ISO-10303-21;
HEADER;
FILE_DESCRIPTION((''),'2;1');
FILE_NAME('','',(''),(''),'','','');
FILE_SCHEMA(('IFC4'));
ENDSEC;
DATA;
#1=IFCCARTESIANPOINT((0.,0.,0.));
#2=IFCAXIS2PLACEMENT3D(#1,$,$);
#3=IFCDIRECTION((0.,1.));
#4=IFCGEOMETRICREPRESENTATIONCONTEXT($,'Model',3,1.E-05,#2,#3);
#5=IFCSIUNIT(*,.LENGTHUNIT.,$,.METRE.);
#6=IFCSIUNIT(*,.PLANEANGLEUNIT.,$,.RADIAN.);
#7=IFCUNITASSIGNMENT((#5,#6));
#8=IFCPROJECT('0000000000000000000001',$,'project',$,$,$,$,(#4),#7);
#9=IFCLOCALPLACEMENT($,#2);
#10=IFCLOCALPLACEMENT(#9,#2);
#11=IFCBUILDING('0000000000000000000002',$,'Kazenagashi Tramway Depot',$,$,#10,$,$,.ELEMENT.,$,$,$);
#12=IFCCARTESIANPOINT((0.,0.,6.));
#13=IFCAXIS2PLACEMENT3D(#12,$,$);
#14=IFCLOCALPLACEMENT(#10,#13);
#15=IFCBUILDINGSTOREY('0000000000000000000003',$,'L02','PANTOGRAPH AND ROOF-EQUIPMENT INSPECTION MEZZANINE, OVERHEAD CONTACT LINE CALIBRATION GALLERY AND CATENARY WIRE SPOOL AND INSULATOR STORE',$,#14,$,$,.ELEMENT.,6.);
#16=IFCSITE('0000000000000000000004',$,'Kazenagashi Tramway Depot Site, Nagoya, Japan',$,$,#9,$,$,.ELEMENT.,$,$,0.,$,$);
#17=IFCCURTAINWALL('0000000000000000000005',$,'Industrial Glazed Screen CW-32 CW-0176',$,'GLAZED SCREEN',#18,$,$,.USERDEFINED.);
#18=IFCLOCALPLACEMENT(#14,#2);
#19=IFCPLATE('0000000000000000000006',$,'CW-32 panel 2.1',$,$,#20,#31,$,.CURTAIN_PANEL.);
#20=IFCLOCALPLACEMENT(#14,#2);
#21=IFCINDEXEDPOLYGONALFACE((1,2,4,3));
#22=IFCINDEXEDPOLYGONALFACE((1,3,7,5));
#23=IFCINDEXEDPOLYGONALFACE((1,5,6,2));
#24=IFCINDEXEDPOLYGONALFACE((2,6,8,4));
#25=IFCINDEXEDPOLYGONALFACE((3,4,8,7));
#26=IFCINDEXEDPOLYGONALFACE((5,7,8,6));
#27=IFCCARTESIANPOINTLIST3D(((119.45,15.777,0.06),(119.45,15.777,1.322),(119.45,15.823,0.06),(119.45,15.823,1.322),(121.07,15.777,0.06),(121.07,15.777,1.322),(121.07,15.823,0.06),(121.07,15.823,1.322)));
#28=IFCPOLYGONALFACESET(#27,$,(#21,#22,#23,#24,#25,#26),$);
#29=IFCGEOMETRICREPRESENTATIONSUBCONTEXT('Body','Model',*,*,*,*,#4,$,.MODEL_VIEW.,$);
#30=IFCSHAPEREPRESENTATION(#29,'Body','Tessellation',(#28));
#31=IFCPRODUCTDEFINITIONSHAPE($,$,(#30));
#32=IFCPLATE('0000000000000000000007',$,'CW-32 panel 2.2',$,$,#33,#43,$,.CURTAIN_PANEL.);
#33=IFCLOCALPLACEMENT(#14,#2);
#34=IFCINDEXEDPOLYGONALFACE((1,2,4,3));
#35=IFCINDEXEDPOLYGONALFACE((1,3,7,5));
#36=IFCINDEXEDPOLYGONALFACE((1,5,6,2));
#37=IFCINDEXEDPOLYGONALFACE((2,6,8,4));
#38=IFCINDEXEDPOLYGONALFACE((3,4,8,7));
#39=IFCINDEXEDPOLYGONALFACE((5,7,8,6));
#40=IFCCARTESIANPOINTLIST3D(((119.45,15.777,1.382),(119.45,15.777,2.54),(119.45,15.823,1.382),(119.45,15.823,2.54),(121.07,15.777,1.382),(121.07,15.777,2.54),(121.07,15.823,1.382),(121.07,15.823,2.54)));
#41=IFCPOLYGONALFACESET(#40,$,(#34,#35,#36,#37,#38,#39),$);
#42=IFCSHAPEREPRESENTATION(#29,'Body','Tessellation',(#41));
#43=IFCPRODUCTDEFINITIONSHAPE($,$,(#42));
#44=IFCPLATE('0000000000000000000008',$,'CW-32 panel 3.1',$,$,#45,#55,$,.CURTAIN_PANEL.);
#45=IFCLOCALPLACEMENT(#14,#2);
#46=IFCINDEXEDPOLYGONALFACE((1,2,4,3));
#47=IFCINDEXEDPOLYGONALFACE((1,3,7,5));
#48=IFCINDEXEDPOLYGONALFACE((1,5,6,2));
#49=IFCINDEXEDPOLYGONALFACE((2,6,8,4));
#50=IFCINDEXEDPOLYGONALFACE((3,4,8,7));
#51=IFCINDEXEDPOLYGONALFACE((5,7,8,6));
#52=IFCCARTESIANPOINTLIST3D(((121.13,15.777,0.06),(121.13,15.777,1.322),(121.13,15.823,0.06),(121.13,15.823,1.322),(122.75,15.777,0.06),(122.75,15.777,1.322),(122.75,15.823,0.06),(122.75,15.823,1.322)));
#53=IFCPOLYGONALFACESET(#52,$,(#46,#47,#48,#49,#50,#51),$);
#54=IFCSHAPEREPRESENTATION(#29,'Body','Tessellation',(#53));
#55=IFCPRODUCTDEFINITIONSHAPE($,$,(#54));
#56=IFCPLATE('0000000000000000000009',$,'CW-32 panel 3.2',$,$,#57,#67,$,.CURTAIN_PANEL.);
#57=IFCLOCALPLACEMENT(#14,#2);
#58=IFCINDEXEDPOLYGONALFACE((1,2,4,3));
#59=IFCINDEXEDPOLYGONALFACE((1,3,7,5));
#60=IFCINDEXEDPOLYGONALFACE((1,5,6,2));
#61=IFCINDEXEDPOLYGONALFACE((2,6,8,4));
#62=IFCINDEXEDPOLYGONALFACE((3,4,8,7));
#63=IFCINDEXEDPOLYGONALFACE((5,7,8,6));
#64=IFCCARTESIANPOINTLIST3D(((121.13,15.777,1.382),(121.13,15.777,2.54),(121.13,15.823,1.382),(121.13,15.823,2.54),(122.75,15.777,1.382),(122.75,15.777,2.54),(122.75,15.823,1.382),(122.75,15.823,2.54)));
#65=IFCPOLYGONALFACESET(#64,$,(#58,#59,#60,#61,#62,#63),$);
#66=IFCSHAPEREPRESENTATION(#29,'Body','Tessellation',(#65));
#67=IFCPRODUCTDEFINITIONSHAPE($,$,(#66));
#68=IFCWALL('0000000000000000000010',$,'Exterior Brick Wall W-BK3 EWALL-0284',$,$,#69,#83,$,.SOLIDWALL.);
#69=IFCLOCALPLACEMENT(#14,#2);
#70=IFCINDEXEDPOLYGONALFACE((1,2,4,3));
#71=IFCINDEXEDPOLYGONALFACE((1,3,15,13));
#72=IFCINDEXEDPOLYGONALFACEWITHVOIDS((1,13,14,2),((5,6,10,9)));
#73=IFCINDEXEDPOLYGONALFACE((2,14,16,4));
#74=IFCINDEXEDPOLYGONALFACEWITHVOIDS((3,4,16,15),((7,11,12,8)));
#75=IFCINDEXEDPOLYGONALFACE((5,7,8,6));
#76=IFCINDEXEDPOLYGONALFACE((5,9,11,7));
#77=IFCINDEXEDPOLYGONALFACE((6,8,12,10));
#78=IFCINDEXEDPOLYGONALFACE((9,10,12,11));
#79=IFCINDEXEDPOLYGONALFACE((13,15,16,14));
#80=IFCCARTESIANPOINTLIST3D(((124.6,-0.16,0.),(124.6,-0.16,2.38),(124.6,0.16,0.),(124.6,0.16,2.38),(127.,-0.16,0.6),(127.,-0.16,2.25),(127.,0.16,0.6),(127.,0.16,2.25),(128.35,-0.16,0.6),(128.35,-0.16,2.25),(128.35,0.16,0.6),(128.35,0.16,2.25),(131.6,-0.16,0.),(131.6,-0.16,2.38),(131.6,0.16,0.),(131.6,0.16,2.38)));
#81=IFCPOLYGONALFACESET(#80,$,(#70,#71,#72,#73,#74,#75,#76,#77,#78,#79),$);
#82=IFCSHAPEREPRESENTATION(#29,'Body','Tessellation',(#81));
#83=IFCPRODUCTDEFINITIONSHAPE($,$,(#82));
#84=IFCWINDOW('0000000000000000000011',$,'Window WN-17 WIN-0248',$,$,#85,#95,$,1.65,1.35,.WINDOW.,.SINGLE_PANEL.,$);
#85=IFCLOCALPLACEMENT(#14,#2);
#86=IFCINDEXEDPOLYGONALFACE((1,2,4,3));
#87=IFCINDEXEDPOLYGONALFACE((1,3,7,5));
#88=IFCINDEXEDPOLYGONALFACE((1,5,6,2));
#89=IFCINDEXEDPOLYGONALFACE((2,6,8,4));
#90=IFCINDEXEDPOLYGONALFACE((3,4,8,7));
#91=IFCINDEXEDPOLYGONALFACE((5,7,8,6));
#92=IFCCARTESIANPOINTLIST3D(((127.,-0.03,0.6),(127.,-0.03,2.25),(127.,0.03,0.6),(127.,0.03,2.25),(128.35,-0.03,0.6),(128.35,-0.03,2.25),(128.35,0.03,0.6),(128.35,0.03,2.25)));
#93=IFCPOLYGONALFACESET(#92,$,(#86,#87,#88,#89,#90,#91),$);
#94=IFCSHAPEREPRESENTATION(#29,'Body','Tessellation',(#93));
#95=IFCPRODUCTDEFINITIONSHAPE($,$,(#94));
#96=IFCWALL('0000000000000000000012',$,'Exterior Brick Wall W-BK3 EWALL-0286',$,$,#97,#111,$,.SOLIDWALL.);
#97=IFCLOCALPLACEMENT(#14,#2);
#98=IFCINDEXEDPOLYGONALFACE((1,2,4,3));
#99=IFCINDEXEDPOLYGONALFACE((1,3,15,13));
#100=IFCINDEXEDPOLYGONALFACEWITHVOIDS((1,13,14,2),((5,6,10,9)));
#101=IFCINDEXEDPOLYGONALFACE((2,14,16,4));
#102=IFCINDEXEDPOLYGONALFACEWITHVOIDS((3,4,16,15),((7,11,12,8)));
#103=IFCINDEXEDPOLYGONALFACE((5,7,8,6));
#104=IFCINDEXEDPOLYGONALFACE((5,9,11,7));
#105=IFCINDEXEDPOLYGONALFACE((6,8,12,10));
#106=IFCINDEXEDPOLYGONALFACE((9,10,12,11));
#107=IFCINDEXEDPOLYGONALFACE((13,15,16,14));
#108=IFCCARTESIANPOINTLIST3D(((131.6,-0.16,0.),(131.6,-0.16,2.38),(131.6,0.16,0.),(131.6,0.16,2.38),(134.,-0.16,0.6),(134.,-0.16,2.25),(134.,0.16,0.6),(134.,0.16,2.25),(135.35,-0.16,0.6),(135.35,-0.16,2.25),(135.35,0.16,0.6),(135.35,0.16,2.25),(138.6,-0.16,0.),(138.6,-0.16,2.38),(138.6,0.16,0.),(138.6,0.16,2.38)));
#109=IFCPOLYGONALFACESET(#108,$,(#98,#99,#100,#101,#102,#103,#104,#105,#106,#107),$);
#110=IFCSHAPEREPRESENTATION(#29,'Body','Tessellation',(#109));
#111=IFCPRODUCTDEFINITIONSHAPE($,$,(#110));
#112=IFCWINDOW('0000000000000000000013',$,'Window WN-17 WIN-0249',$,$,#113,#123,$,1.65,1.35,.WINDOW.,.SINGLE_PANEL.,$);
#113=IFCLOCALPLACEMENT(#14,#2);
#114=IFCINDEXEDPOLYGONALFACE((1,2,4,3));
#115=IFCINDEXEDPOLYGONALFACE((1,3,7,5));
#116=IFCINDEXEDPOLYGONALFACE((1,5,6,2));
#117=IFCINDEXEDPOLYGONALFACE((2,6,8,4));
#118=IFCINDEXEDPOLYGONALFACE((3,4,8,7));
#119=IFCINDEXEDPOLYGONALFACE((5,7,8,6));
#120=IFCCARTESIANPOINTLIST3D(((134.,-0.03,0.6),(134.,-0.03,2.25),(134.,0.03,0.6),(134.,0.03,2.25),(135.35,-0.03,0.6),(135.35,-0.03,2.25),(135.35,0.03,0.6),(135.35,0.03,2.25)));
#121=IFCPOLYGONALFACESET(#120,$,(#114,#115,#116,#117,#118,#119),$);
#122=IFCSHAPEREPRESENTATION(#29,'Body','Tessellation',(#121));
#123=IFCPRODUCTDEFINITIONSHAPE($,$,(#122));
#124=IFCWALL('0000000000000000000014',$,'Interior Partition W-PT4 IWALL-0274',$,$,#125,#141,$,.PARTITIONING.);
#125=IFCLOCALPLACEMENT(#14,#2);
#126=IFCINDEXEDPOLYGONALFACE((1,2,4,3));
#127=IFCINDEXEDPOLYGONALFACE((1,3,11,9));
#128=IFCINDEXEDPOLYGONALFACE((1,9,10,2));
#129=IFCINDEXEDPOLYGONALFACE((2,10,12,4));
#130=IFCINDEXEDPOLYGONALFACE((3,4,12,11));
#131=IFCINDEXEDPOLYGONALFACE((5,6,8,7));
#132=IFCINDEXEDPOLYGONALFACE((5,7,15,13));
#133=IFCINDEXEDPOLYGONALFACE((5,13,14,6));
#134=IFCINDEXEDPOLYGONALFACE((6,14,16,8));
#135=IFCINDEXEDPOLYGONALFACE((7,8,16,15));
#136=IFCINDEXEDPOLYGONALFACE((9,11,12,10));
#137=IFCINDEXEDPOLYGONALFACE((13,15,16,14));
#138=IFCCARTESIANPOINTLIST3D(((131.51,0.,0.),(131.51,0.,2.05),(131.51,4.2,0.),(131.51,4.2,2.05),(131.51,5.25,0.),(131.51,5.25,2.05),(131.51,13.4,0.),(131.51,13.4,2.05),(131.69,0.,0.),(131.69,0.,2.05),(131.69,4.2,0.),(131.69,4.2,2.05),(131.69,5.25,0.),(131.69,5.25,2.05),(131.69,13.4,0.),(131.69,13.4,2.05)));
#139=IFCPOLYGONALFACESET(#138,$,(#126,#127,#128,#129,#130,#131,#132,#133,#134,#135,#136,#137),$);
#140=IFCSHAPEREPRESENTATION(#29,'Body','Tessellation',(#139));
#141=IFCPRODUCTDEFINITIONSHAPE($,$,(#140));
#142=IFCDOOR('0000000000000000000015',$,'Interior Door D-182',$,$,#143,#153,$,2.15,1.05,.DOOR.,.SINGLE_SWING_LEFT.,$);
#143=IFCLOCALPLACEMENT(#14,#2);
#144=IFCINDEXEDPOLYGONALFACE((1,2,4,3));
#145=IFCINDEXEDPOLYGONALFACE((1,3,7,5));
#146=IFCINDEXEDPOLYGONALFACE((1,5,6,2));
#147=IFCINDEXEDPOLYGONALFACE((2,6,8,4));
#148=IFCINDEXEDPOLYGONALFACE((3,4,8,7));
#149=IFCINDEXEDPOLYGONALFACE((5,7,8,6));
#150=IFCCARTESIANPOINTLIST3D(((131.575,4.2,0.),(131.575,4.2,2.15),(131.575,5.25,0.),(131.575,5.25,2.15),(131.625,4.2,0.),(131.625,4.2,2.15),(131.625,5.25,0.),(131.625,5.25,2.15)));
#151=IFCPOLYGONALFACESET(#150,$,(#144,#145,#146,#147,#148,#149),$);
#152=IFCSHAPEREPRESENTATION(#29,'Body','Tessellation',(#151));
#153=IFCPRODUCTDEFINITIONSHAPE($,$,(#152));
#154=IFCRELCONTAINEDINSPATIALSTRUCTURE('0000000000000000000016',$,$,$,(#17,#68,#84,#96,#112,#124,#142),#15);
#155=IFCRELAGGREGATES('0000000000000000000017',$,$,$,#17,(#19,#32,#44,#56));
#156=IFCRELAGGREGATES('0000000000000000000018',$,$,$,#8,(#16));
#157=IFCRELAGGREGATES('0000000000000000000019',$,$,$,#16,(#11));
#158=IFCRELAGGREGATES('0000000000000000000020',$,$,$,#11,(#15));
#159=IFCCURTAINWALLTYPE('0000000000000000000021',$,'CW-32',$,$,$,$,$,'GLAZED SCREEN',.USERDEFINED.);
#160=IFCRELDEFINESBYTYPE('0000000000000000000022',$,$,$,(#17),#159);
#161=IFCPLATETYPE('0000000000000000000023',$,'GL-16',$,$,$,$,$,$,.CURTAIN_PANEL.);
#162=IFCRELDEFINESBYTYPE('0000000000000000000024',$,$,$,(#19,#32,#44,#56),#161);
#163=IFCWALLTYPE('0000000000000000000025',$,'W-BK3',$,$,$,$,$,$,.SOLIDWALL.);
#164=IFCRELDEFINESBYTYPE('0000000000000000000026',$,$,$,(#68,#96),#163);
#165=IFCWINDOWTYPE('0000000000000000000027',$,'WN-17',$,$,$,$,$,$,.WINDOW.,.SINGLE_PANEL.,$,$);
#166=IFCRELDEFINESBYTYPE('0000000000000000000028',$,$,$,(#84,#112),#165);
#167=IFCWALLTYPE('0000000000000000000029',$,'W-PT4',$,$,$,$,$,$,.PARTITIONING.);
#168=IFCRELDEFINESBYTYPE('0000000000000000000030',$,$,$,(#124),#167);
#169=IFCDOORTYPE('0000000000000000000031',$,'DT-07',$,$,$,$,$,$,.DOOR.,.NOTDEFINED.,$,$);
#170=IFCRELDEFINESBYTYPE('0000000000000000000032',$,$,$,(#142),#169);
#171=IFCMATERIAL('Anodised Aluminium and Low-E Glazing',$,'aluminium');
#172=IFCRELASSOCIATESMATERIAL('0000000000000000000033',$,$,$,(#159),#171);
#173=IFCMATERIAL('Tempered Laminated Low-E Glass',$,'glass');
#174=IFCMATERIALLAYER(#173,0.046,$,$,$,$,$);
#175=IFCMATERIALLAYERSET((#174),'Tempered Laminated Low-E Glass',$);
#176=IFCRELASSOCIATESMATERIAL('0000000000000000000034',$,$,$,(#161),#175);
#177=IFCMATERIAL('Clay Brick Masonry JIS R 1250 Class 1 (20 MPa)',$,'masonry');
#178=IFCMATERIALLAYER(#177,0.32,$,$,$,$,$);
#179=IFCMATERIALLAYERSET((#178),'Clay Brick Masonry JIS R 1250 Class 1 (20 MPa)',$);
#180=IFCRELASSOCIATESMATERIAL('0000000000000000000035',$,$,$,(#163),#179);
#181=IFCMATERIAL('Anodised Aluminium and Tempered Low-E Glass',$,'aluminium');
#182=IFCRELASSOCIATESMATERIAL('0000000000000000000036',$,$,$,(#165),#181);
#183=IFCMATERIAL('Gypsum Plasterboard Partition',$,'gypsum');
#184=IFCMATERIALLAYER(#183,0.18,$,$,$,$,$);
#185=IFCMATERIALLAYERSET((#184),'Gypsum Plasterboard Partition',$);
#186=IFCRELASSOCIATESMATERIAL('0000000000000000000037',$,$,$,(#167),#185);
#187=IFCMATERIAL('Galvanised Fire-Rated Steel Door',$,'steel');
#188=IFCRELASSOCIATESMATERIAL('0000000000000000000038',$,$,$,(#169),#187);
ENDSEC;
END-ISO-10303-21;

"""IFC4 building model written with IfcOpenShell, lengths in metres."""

from ifc_helpers import new_model, si_unit, direction, frame, frame_2d, origin, origin_2d, place, context, subcontext, project, spatial, rectangle, extrude, material, layer, layer_set, type_object, element, fill, aggregate, save


model = new_model("IFC4")

# Units and contexts
model_context = context("Model", 3, precision=1e-05, world=origin(), true_north=direction((0.0, 1.0)))
body_context = subcontext(model_context, "Body", "Model", "MODEL_VIEW")
ifc_project = project(units=[si_unit("LENGTHUNIT", "METRE"), si_unit("PLANEANGLEUNIT", "RADIAN")], contexts=[model_context])

# Site, building, storey
site_placement = place(None, origin())
site = spatial("IfcSite", under=ifc_project, at=site_placement, Name="Kazenagashi Tramway Depot Site, Nagoya, Japan", CompositionType="ELEMENT", RefElevation=0.0)
building_placement = place(site_placement, origin())
building = spatial("IfcBuilding", under=site, at=building_placement, Name="Kazenagashi Tramway Depot", CompositionType="ELEMENT")
storey_placement = place(building_placement, frame((0.0, 0.0, 6.0)))
storey = spatial("IfcBuildingStorey", under=building, at=storey_placement, Name="L02", Description="PANTOGRAPH AND ROOF-EQUIPMENT INSPECTION MEZZANINE, OVERHEAD CONTACT LINE CALIBRATION GALLERY AND CATENARY WIRE SPOOL AND INSULATOR STORE", CompositionType="ELEMENT", Elevation=6.0)

# Curtain wall
ifc_material_1 = material(Name="Anodised Aluminium and Low-E Glazing", Category="aluminium")
curtain_wall_type = type_object("IfcCurtainWallType", Name="CW-32", ElementType="GLAZED SCREEN", PredefinedType="USERDEFINED", material=ifc_material_1)
curtain_wall_placement = place(storey_placement, origin())
curtain_wall = element("IfcCurtainWall", 1, at=curtain_wall_placement, inside=storey, type_object=curtain_wall_type, Name="Industrial Glazed Screen CW-32 CW-0176", ObjectType="GLAZED SCREEN", PredefinedType="USERDEFINED")

# Plates
ifc_material_2 = material(Name="Tempered Laminated Low-E Glass", Category="glass")
ifc_layer_1 = layer(ifc_material_2, 0.046)
ifc_layer_set_1 = layer_set([ifc_layer_1], Name="Tempered Laminated Low-E Glass")
plate_type = type_object("IfcPlateType", Name="GL-16", PredefinedType="CURTAIN_PANEL", material=ifc_layer_set_1)
plate_1_placement = place(storey_placement, frame((120.26, 15.8, 0.06), z_axis=(0.0, 0.0, 1.0), x_axis=(1.0, 0.0, 0.0)))
plate_1 = element("IfcPlate", 2, at=plate_1_placement, type_object=plate_type, Name="CW-32 panel 2.1", PredefinedType="CURTAIN_PANEL", context=body_context, shape_type="SweptSolid", body=[
    extrude(rectangle(XDim=1.62, YDim=0.046, at=origin_2d()), origin(), (0.0, 0.0, 1.0), 1.262),
])
plate_2_placement = place(storey_placement, frame((120.26, 15.8, 1.382), z_axis=(0.0, 0.0, 1.0), x_axis=(1.0, 0.0, 0.0)))
plate_2 = element("IfcPlate", 3, at=plate_2_placement, type_object=plate_type, Name="CW-32 panel 2.2", PredefinedType="CURTAIN_PANEL", context=body_context, shape_type="SweptSolid", body=[
    extrude(rectangle(XDim=1.62, YDim=0.046, at=origin_2d()), origin(), (0.0, 0.0, 1.0), 1.158),
])
plate_3_placement = place(storey_placement, frame((121.94, 15.8, 0.06), z_axis=(0.0, 0.0, 1.0), x_axis=(1.0, 0.0, 0.0)))
plate_3 = element("IfcPlate", 4, at=plate_3_placement, type_object=plate_type, Name="CW-32 panel 3.1", PredefinedType="CURTAIN_PANEL", context=body_context, shape_type="SweptSolid", body=[
    extrude(rectangle(XDim=1.62, YDim=0.046, at=origin_2d()), origin(), (0.0, 0.0, 1.0), 1.262),
])
plate_4_placement = place(storey_placement, frame((121.94, 15.8, 1.382), z_axis=(0.0, 0.0, 1.0), x_axis=(1.0, 0.0, 0.0)))
plate_4 = element("IfcPlate", 5, at=plate_4_placement, type_object=plate_type, Name="CW-32 panel 3.2", PredefinedType="CURTAIN_PANEL", context=body_context, shape_type="SweptSolid", body=[
    extrude(rectangle(XDim=1.62, YDim=0.046, at=origin_2d()), origin(), (0.0, 0.0, 1.0), 1.158),
])
aggregate(curtain_wall, [plate_1, plate_2, plate_3, plate_4])

# Walls, openings, windows
ifc_material_3 = material(Name="Clay Brick Masonry JIS R 1250 Class 1 (20 MPa)", Category="masonry")
ifc_layer_2 = layer(ifc_material_3, 0.32)
ifc_layer_set_2 = layer_set([ifc_layer_2], Name="Clay Brick Masonry JIS R 1250 Class 1 (20 MPa)")
wall_type_1 = type_object("IfcWallType", Name="W-BK3", PredefinedType="SOLIDWALL", material=ifc_layer_set_2)
wall_1_placement = place(storey_placement, frame((124.6, 0.0, 0.0), z_axis=(0.0, 0.0, 1.0), x_axis=(1.0, 0.0, 0.0)))
wall_1 = element("IfcWall", 6, at=wall_1_placement, inside=storey, type_object=wall_type_1, Name="Exterior Brick Wall W-BK3 EWALL-0284", PredefinedType="SOLIDWALL", context=body_context, shape_type="SweptSolid", body=[
    extrude(rectangle(XDim=7.0, YDim=0.32, at=frame_2d((3.5, 0.0))), origin(), (0.0, 0.0, 1.0), 2.38),
])
opening_1_placement = place(wall_1_placement, frame((2.4, 0.0, 0.6)))
opening_1 = element("IfcOpeningElement", 7, at=opening_1_placement, cuts=wall_1, PredefinedType="OPENING", context=body_context, shape_type="SweptSolid", body=[
    extrude(rectangle(XDim=1.35, YDim=1.65, at=frame_2d((0.675, 0.825))), frame((0.0, 0.17, 0.0), z_axis=(0.0, -1.0, 0.0), x_axis=(1.0, 0.0, 0.0)), (0.0, 0.0, 1.0), 0.34),
])
ifc_material_4 = material(Name="Anodised Aluminium and Tempered Low-E Glass", Category="aluminium")
window_type = type_object("IfcWindowType", Name="WN-17", PartitioningType="SINGLE_PANEL", PredefinedType="WINDOW", material=ifc_material_4)
window_1_placement = place(opening_1_placement, origin())
window_1 = element("IfcWindow", 8, at=window_1_placement, inside=storey, type_object=window_type, Name="Window WN-17 WIN-0248", OverallHeight=1.65, OverallWidth=1.35, PartitioningType="SINGLE_PANEL", PredefinedType="WINDOW", context=body_context, shape_type="SweptSolid", body=[
    extrude(rectangle(XDim=1.35, YDim=1.65, at=frame_2d((0.675, 0.825))), frame((0.0, 0.03, 0.0), z_axis=(0.0, -1.0, 0.0), x_axis=(1.0, 0.0, 0.0)), (0.0, 0.0, 1.0), 0.06),
])
fill(opening_1, window_1)
wall_2_placement = place(storey_placement, frame((131.6, 0.0, 0.0), z_axis=(0.0, 0.0, 1.0), x_axis=(1.0, 0.0, 0.0)))
wall_2 = element("IfcWall", 9, at=wall_2_placement, inside=storey, type_object=wall_type_1, Name="Exterior Brick Wall W-BK3 EWALL-0286", PredefinedType="SOLIDWALL", context=body_context, shape_type="SweptSolid", body=[
    extrude(rectangle(XDim=7.0, YDim=0.32, at=frame_2d((3.5, 0.0))), origin(), (0.0, 0.0, 1.0), 2.38),
])
opening_2_placement = place(wall_2_placement, frame((2.4, 0.0, 0.6)))
opening_2 = element("IfcOpeningElement", 10, at=opening_2_placement, cuts=wall_2, PredefinedType="OPENING", context=body_context, shape_type="SweptSolid", body=[
    extrude(rectangle(XDim=1.35, YDim=1.65, at=frame_2d((0.675, 0.825))), frame((0.0, 0.17, 0.0), z_axis=(0.0, -1.0, 0.0), x_axis=(1.0, 0.0, 0.0)), (0.0, 0.0, 1.0), 0.34),
])
window_2_placement = place(opening_2_placement, origin())
window_2 = element("IfcWindow", 11, at=window_2_placement, inside=storey, type_object=window_type, Name="Window WN-17 WIN-0249", OverallHeight=1.65, OverallWidth=1.35, PartitioningType="SINGLE_PANEL", PredefinedType="WINDOW", context=body_context, shape_type="SweptSolid", body=[
    extrude(rectangle(XDim=1.35, YDim=1.65, at=frame_2d((0.675, 0.825))), frame((0.0, 0.03, 0.0), z_axis=(0.0, -1.0, 0.0), x_axis=(1.0, 0.0, 0.0)), (0.0, 0.0, 1.0), 0.06),
])
fill(opening_2, window_2)

# Wall, opening, door
ifc_material_5 = material(Name="Gypsum Plasterboard Partition", Category="gypsum")
ifc_layer_3 = layer(ifc_material_5, 0.18)
ifc_layer_set_3 = layer_set([ifc_layer_3], Name="Gypsum Plasterboard Partition")
wall_type_2 = type_object("IfcWallType", Name="W-PT4", PredefinedType="PARTITIONING", material=ifc_layer_set_3)
wall_3_placement = place(storey_placement, frame((131.6, 0.0, 0.0), z_axis=(0.0, 0.0, 1.0), x_axis=(0.0, 1.0, 0.0)))
wall_3 = element("IfcWall", 12, at=wall_3_placement, inside=storey, type_object=wall_type_2, Name="Interior Partition W-PT4 IWALL-0274", PredefinedType="PARTITIONING", context=body_context, shape_type="SweptSolid", body=[
    extrude(rectangle(XDim=13.4, YDim=0.18, at=frame_2d((6.7, 0.0))), origin(), (0.0, 0.0, 1.0), 2.05),
])
opening_3_placement = place(wall_3_placement, frame((4.2, 0.0, 0.0)))
opening_3 = element("IfcOpeningElement", 13, at=opening_3_placement, cuts=wall_3, PredefinedType="OPENING", context=body_context, shape_type="SweptSolid", body=[
    extrude(rectangle(XDim=1.05, YDim=2.15, at=frame_2d((0.525, 1.075))), frame((0.0, 0.1, 0.0), z_axis=(0.0, -1.0, 0.0), x_axis=(1.0, 0.0, 0.0)), (0.0, 0.0, 1.0), 0.2),
])
ifc_material_6 = material(Name="Galvanised Fire-Rated Steel Door", Category="steel")
door_type = type_object("IfcDoorType", Name="DT-07", OperationType="NOTDEFINED", PredefinedType="DOOR", material=ifc_material_6)
door_placement = place(opening_3_placement, origin())
door = element("IfcDoor", 14, at=door_placement, inside=storey, type_object=door_type, Name="Interior Door D-182", OperationType="SINGLE_SWING_LEFT", OverallHeight=2.15, OverallWidth=1.05, PredefinedType="DOOR", context=body_context, shape_type="SweptSolid", body=[
    extrude(rectangle(XDim=1.05, YDim=2.15, at=frame_2d((0.525, 1.075))), frame((0.0, 0.025, 0.0), z_axis=(0.0, -1.0, 0.0), x_axis=(1.0, 0.0, 0.0)), (0.0, 0.0, 1.0), 0.05),
])
fill(opening_3, door)

save(model, "model.ifc")
